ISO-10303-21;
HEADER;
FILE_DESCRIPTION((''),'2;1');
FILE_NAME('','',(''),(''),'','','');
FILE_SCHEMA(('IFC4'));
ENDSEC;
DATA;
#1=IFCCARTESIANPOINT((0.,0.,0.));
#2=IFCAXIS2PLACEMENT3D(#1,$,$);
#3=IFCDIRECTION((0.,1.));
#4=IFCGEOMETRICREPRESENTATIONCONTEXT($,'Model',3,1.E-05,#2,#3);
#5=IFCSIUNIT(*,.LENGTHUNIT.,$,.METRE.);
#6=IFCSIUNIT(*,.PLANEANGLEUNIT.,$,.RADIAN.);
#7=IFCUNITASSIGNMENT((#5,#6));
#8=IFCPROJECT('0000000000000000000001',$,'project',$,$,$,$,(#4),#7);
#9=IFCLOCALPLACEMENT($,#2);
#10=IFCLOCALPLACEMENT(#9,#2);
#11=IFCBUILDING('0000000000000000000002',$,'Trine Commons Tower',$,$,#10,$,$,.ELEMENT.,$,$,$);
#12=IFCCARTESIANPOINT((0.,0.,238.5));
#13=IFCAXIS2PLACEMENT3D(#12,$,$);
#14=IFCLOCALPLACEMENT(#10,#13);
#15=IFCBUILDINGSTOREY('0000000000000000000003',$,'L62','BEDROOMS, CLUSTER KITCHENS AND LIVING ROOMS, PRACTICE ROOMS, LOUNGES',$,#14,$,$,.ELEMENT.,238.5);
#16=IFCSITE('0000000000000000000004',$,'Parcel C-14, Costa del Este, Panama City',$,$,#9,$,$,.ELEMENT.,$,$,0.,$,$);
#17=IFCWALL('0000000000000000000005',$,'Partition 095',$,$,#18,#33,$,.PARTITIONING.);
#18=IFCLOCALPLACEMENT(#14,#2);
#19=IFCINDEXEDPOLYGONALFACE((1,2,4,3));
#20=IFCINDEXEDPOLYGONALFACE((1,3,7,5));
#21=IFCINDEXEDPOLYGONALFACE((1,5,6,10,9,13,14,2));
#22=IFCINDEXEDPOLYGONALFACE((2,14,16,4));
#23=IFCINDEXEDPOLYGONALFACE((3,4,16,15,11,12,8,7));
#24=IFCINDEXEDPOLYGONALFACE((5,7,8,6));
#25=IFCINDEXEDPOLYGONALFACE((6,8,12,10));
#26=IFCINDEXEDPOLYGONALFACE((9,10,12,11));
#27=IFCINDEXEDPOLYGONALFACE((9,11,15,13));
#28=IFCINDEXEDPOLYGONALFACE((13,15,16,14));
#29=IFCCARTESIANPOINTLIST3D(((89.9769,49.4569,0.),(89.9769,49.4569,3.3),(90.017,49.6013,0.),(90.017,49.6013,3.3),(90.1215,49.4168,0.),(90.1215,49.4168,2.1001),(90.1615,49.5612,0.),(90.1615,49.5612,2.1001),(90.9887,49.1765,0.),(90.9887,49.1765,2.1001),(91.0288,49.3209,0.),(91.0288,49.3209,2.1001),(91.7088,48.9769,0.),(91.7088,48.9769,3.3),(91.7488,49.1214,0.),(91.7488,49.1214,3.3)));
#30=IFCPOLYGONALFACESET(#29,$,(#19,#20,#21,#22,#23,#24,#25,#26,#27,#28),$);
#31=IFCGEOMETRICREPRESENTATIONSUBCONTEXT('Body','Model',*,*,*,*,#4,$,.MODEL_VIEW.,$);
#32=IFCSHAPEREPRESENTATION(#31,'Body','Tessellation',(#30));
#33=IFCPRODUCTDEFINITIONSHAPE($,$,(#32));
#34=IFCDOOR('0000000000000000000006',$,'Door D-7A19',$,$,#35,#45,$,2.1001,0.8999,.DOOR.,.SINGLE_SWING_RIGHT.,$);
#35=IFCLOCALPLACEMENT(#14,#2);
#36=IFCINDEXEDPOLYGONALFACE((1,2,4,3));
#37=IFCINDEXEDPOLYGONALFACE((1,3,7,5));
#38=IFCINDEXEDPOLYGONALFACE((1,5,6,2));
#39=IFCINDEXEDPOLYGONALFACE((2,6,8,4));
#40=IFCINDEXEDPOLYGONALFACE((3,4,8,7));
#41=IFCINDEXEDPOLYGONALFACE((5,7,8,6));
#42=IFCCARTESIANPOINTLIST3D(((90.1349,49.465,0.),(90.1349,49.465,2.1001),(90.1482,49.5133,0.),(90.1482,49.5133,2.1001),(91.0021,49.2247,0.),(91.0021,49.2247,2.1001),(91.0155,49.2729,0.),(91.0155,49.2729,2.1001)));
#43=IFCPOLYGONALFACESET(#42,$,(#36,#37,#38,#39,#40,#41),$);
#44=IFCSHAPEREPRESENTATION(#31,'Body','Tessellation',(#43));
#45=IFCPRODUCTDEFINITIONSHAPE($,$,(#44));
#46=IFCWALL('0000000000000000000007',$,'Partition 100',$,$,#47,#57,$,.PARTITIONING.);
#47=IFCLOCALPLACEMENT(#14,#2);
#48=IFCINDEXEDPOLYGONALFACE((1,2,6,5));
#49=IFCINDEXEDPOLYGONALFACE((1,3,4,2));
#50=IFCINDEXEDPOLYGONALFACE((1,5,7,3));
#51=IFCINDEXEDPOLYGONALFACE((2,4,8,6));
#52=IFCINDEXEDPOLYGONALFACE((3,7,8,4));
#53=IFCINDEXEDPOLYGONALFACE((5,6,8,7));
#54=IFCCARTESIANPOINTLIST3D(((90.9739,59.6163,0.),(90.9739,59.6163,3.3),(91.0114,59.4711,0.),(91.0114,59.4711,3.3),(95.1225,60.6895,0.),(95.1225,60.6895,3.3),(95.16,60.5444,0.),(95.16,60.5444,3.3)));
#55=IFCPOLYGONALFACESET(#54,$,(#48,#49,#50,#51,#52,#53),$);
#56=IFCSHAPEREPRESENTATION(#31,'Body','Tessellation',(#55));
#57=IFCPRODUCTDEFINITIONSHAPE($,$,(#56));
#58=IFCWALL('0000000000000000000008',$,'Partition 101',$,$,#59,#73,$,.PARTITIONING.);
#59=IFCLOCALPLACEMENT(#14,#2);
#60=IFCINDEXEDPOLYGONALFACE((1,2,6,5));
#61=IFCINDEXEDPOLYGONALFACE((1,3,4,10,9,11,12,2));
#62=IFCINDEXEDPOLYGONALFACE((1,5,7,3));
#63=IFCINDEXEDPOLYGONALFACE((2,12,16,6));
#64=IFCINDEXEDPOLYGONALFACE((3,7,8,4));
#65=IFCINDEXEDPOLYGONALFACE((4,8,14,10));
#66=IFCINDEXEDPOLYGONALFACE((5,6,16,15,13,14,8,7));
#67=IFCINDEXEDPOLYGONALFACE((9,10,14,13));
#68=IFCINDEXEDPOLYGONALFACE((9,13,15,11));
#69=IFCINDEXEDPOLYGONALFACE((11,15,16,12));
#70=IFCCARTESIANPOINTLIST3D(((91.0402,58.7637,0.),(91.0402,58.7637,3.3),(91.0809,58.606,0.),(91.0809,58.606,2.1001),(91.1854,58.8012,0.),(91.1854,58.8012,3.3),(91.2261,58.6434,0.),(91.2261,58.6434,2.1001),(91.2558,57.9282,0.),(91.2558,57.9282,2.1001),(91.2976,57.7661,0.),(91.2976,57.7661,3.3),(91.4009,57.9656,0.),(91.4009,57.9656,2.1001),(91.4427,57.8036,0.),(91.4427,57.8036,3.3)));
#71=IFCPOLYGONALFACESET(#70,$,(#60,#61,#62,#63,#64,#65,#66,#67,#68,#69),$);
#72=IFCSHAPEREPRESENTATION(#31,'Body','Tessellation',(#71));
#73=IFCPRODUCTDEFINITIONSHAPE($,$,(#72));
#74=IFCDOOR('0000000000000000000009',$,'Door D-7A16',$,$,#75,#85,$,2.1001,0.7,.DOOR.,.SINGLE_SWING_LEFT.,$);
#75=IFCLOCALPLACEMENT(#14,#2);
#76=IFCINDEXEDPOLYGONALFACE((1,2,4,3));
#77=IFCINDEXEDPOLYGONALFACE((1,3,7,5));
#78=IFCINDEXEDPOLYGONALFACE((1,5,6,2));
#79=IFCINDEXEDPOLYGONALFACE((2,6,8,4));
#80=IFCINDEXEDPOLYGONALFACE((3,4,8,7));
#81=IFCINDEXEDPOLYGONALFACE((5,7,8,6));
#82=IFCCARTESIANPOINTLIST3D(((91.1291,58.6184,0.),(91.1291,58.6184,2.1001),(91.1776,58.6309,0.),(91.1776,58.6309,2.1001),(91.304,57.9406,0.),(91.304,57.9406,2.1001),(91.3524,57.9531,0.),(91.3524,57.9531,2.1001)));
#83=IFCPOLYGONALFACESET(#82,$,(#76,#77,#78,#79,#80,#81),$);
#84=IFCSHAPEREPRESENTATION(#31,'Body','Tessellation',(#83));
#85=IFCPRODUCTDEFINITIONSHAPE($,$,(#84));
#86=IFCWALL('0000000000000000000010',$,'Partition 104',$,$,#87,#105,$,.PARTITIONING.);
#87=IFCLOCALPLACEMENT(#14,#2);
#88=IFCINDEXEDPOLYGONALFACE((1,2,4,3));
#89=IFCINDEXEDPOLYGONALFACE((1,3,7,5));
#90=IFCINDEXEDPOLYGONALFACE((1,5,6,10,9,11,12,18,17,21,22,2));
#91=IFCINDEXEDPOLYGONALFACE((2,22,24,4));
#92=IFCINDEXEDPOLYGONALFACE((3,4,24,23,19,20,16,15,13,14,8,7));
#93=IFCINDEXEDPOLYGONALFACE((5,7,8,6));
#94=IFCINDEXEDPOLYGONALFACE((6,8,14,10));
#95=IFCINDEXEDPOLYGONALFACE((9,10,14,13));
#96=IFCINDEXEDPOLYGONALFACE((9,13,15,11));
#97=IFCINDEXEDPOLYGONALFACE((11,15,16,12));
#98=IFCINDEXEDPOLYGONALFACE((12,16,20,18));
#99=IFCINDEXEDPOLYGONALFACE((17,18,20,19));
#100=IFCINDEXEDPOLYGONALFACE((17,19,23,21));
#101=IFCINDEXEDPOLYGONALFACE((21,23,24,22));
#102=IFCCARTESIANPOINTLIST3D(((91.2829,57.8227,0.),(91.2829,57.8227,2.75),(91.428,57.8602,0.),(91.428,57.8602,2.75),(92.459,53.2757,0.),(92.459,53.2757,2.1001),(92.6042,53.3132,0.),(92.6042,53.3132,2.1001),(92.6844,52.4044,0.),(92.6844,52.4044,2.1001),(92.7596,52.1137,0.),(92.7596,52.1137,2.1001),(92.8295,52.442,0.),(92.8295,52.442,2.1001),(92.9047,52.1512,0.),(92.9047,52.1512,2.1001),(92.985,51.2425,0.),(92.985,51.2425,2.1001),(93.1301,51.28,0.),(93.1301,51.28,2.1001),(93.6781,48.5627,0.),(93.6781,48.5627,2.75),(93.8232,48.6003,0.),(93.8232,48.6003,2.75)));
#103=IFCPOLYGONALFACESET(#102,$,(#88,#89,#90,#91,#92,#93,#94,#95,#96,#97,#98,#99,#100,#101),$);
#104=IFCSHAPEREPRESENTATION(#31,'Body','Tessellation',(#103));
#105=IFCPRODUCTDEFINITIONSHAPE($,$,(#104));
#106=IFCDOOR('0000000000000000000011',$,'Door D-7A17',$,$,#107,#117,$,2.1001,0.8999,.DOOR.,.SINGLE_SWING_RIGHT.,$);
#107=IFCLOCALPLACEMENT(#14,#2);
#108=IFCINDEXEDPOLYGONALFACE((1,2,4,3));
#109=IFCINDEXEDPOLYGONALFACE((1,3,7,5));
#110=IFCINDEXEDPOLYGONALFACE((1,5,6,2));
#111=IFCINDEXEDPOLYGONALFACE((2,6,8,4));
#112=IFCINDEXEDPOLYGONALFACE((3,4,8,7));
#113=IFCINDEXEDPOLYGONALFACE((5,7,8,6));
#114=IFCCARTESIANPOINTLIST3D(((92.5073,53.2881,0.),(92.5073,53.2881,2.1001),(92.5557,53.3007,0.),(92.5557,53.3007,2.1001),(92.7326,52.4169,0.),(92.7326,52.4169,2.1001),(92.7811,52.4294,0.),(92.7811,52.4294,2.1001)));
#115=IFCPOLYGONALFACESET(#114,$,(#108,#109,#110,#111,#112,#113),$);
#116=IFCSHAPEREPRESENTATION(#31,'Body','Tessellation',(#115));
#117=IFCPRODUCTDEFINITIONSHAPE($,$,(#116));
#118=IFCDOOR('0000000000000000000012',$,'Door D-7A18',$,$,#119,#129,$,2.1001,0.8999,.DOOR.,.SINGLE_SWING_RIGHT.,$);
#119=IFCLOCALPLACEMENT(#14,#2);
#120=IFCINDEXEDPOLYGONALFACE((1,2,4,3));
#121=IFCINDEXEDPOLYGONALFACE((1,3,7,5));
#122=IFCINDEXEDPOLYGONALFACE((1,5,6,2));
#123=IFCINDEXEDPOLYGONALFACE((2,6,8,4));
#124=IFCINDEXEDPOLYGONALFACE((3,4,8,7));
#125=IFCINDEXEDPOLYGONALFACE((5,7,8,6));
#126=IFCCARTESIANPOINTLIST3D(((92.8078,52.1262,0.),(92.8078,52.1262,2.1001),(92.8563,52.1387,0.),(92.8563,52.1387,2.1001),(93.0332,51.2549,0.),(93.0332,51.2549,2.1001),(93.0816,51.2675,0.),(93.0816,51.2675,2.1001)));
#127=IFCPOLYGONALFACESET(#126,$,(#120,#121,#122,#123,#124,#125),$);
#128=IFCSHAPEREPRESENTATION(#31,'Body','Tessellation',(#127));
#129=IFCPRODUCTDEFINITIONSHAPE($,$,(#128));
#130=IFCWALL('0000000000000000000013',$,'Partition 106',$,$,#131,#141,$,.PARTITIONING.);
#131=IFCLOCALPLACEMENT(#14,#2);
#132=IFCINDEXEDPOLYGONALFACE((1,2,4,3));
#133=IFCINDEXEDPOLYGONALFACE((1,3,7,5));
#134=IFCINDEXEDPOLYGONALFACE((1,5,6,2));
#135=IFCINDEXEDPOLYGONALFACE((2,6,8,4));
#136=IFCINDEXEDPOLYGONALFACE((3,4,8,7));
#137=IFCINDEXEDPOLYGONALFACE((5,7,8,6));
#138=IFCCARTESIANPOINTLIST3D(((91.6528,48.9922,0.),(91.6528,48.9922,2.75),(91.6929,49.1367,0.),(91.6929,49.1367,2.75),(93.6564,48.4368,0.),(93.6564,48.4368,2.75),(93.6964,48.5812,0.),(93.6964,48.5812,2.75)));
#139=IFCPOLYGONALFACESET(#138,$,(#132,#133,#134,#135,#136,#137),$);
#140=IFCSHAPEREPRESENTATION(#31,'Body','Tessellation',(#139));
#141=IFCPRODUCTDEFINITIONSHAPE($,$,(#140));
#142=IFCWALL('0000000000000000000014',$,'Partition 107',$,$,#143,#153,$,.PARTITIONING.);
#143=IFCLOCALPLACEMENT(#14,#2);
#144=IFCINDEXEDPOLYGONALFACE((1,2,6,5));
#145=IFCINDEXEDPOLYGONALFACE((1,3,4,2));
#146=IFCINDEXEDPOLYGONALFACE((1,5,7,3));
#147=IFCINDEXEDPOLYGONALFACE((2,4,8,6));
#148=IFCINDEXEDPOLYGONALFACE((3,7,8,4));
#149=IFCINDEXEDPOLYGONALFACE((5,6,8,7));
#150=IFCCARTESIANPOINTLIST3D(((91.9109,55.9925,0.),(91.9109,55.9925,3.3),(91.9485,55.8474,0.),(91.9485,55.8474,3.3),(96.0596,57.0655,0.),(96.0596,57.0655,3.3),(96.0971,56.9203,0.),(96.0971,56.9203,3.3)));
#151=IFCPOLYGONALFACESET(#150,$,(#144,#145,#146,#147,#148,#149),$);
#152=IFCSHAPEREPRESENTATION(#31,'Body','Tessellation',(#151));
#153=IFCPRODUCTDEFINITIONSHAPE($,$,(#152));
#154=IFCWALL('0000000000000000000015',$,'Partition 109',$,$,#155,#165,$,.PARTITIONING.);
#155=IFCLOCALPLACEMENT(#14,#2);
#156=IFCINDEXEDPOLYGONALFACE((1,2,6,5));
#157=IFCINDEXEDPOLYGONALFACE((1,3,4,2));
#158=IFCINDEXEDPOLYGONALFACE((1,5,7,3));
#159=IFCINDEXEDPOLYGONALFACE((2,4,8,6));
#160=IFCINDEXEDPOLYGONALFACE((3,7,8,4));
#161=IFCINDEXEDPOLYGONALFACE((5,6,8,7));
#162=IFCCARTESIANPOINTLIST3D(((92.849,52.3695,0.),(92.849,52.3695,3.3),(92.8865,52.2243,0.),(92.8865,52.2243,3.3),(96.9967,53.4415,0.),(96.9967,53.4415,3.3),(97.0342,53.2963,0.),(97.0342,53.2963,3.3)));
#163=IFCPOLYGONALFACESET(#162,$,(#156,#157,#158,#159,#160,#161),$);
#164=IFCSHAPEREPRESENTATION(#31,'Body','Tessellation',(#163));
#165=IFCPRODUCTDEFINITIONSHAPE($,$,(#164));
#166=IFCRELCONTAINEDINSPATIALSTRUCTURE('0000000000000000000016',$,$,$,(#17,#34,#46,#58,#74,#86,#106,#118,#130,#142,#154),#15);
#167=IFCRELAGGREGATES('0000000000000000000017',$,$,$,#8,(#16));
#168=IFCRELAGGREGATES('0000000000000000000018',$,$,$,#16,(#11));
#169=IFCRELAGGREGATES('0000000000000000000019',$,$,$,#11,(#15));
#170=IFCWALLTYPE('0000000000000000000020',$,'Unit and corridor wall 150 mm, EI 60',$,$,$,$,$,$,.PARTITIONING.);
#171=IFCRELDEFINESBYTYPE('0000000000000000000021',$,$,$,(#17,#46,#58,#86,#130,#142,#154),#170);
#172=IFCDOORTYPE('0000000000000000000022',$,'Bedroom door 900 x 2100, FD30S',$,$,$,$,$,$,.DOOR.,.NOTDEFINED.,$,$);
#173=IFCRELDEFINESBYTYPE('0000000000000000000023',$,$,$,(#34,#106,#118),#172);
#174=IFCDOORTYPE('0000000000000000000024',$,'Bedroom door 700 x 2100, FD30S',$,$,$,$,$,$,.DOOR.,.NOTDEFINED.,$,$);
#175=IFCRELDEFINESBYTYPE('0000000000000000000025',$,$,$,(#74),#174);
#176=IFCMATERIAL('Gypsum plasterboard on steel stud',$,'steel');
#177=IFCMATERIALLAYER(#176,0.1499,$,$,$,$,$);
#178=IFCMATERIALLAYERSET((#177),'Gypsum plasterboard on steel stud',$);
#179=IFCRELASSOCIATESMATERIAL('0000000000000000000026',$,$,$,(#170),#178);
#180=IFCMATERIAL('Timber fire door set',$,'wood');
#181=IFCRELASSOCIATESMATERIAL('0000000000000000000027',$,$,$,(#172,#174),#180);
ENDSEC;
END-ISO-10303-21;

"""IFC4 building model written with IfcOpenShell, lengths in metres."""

from ifc_helpers import new_model, si_unit, direction, frame, frame_2d, origin, place, context, subcontext, project, spatial, rectangle, extrude, material, layer, layer_set, type_object, element, fill, save


model = new_model("IFC4")

# Units and contexts
model_context = context("Model", 3, precision=1e-05, world=origin(), true_north=direction((0.0, 1.0)))
body_context = subcontext(model_context, "Body", "Model", "MODEL_VIEW")
ifc_project = project(units=[si_unit("LENGTHUNIT", "METRE"), si_unit("PLANEANGLEUNIT", "RADIAN")], contexts=[model_context])

# Site, building, storey
site_placement = place(None, origin())
site = spatial("IfcSite", under=ifc_project, at=site_placement, Name="Parcel C-14, Costa del Este, Panama City", CompositionType="ELEMENT", RefElevation=0.0)
building_placement = place(site_placement, origin())
building = spatial("IfcBuilding", under=site, at=building_placement, Name="Trine Commons Tower", CompositionType="ELEMENT")
storey_placement = place(building_placement, frame((0.0, 0.0, 238.5)))
storey = spatial("IfcBuildingStorey", under=building, at=storey_placement, Name="L62", Description="BEDROOMS, CLUSTER KITCHENS AND LIVING ROOMS, PRACTICE ROOMS, LOUNGES", CompositionType="ELEMENT", Elevation=238.5)

# Shared definitions
ifc_material_1 = material(Name="Gypsum plasterboard on steel stud", Category="steel")
ifc_layer_1 = layer(ifc_material_1, 0.1499)
ifc_layer_set_1 = layer_set([ifc_layer_1], Name="Gypsum plasterboard on steel stud")
wall_type_1 = type_object("IfcWallType", Name="Unit and corridor wall 150 mm, EI 60", PredefinedType="PARTITIONING", material=ifc_layer_set_1)

# Wall, opening, door
wall_1_placement = place(storey_placement, frame((89.9971, 49.5291, 0.0), z_axis=(0.0, 0.0, 1.0), x_axis=(0.963677, -0.267069, 0.0)))
wall_1 = element("IfcWall", 1, at=wall_1_placement, inside=storey, type_object=wall_type_1, Name="Partition 095", PredefinedType="PARTITIONING", context=body_context, shape_type="SweptSolid", body=[
    extrude(rectangle(XDim=1.7971, YDim=0.1499, at=frame_2d((0.8984, 0.0))), origin(), (0.0, 0.0, 1.0), 3.3),
])
opening_1_placement = place(wall_1_placement, frame((0.1499, 0.0, 0.0)))
opening_1 = element("IfcOpeningElement", 2, at=opening_1_placement, cuts=wall_1, PredefinedType="OPENING", context=body_context, shape_type="SweptSolid", body=[
    extrude(rectangle(XDim=0.8999, YDim=2.1001, at=frame_2d((0.45, 1.05))), frame((0.0, 0.085, 0.0), z_axis=(0.0, -1.0, 0.0), x_axis=(1.0, 0.0, 0.0)), (0.0, 0.0, 1.0), 0.1699),
])
ifc_material_2 = material(Name="Timber fire door set", Category="wood")
door_type_1 = type_object("IfcDoorType", Name="Bedroom door 900 x 2100, FD30S", OperationType="NOTDEFINED", PredefinedType="DOOR", material=ifc_material_2)
door_1_placement = place(opening_1_placement, frame((0.8999, 0.0, 0.0), z_axis=(0.0, 0.0, 1.0), x_axis=(-1.0, 0.0, 0.0)))
door_1 = element("IfcDoor", 3, at=door_1_placement, inside=storey, type_object=door_type_1, Name="Door D-7A19", OperationType="SINGLE_SWING_RIGHT", OverallHeight=2.1001, OverallWidth=0.8999, PredefinedType="DOOR", context=body_context, shape_type="SweptSolid", body=[
    extrude(rectangle(XDim=0.8999, YDim=2.1001, at=frame_2d((0.45, 1.05))), frame((0.0, 0.0249, 0.0), z_axis=(0.0, -1.0, 0.0), x_axis=(1.0, 0.0, 0.0)), (0.0, 0.0, 1.0), 0.05),
])
fill(opening_1, door_1)

# Wall
wall_2_placement = place(storey_placement, frame((90.9927, 59.5437, 0.0), z_axis=(0.0, 0.0, 1.0), x_axis=(0.96813, 0.25045, 0.0)))
element("IfcWall", 4, at=wall_2_placement, inside=storey, type_object=wall_type_1, Name="Partition 100", PredefinedType="PARTITIONING", context=body_context, shape_type="SweptSolid", body=[
    extrude(rectangle(XDim=4.2852, YDim=0.1499, at=frame_2d((2.1426, 0.0))), origin(), (0.0, 0.0, 1.0), 3.3),
])

# Wall, opening, door
wall_3_placement = place(storey_placement, frame((91.1128, 58.7825, 0.0), z_axis=(0.0, 0.0, 1.0), x_axis=(0.249778, -0.968303, 0.0)))
wall_3 = element("IfcWall", 5, at=wall_3_placement, inside=storey, type_object=wall_type_1, Name="Partition 101", PredefinedType="PARTITIONING", context=body_context, shape_type="SweptSolid", body=[
    extrude(rectangle(XDim=1.0303, YDim=0.1499, at=frame_2d((0.5151, 0.0))), origin(), (0.0, 0.0, 1.0), 3.3),
])
opening_2_placement = place(wall_3_placement, frame((0.1628, 0.0, 0.0)))
opening_2 = element("IfcOpeningElement", 6, at=opening_2_placement, cuts=wall_3, PredefinedType="OPENING", context=body_context, shape_type="SweptSolid", body=[
    extrude(rectangle(XDim=0.7, YDim=2.1001, at=frame_2d((0.3501, 1.05))), frame((0.0, 0.085, 0.0), z_axis=(0.0, -1.0, 0.0), x_axis=(1.0, 0.0, 0.0)), (0.0, 0.0, 1.0), 0.1699),
])
door_type_2 = type_object("IfcDoorType", Name="Bedroom door 700 x 2100, FD30S", OperationType="NOTDEFINED", PredefinedType="DOOR", material=ifc_material_2)
door_2_placement = place(opening_2_placement, origin())
door_2 = element("IfcDoor", 7, at=door_2_placement, inside=storey, type_object=door_type_2, Name="Door D-7A16", OperationType="SINGLE_SWING_LEFT", OverallHeight=2.1001, OverallWidth=0.7, PredefinedType="DOOR", context=body_context, shape_type="SweptSolid", body=[
    extrude(rectangle(XDim=0.7, YDim=2.1001, at=frame_2d((0.3501, 1.05))), frame((0.0, 0.0249, 0.0), z_axis=(0.0, -1.0, 0.0), x_axis=(1.0, 0.0, 0.0)), (0.0, 0.0, 1.0), 0.05),
])
fill(opening_2, door_2)

# Wall, openings, doors
wall_4_placement = place(storey_placement, frame((91.3555, 57.8413, 0.0), z_axis=(0.0, 0.0, 1.0), x_axis=(0.250425, -0.968136, 0.0)))
wall_4 = element("IfcWall", 8, at=wall_4_placement, inside=storey, type_object=wall_type_1, Name="Partition 104", PredefinedType="PARTITIONING", context=body_context, shape_type="SweptSolid", body=[
    extrude(rectangle(XDim=9.5647, YDim=0.1499, at=frame_2d((4.7822, 0.0))), origin(), (0.0, 0.0, 1.0), 2.75),
])
opening_3_placement = place(wall_4_placement, frame((4.6965, 0.0, 0.0)))
opening_3 = element("IfcOpeningElement", 9, at=opening_3_placement, cuts=wall_4, PredefinedType="OPENING", context=body_context, shape_type="SweptSolid", body=[
    extrude(rectangle(XDim=0.8999, YDim=2.1001, at=frame_2d((0.45, 1.05))), frame((0.0, 0.085, 0.0), z_axis=(0.0, -1.0, 0.0), x_axis=(1.0, 0.0, 0.0)), (0.0, 0.0, 1.0), 0.1699),
])
opening_4_placement = place(wall_4_placement, frame((5.8967, 0.0, 0.0)))
opening_4 = element("IfcOpeningElement", 10, at=opening_4_placement, cuts=wall_4, PredefinedType="OPENING", context=body_context, shape_type="SweptSolid", body=[
    extrude(rectangle(XDim=0.8999, YDim=2.1001, at=frame_2d((0.45, 1.05))), frame((0.0, 0.085, 0.0), z_axis=(0.0, -1.0, 0.0), x_axis=(1.0, 0.0, 0.0)), (0.0, 0.0, 1.0), 0.1699),
])
door_3_placement = place(opening_3_placement, origin())
door_3 = element("IfcDoor", 11, at=door_3_placement, inside=storey, type_object=door_type_1, Name="Door D-7A17", OperationType="SINGLE_SWING_RIGHT", OverallHeight=2.1001, OverallWidth=0.8999, PredefinedType="DOOR", context=body_context, shape_type="SweptSolid", body=[
    extrude(rectangle(XDim=0.8999, YDim=2.1001, at=frame_2d((0.45, 1.05))), frame((0.0, 0.0249, 0.0), z_axis=(0.0, -1.0, 0.0), x_axis=(1.0, 0.0, 0.0)), (0.0, 0.0, 1.0), 0.05),
])
fill(opening_3, door_3)
door_4_placement = place(opening_4_placement, origin())
door_4 = element("IfcDoor", 12, at=door_4_placement, inside=storey, type_object=door_type_1, Name="Door D-7A18", OperationType="SINGLE_SWING_RIGHT", OverallHeight=2.1001, OverallWidth=0.8999, PredefinedType="DOOR", context=body_context, shape_type="SweptSolid", body=[
    extrude(rectangle(XDim=0.8999, YDim=2.1001, at=frame_2d((0.45, 1.05))), frame((0.0, 0.0249, 0.0), z_axis=(0.0, -1.0, 0.0), x_axis=(1.0, 0.0, 0.0)), (0.0, 0.0, 1.0), 0.05),
])
fill(opening_4, door_4)

# Walls
wall_5_placement = place(storey_placement, frame((91.6729, 49.0645, 0.0), z_axis=(0.0, 0.0, 1.0), x_axis=(0.963652, -0.267159, 0.0)))
element("IfcWall", 13, at=wall_5_placement, inside=storey, type_object=wall_type_1, Name="Partition 106", PredefinedType="PARTITIONING", context=body_context, shape_type="SweptSolid", body=[
    extrude(rectangle(XDim=2.0791, YDim=0.1499, at=frame_2d((1.0396, 0.0))), origin(), (0.0, 0.0, 1.0), 2.75),
])
wall_6_placement = place(storey_placement, frame((91.9297, 55.9199, 0.0), z_axis=(0.0, 0.0, 1.0), x_axis=(0.968143, 0.250397, 0.0)))
element("IfcWall", 14, at=wall_6_placement, inside=storey, type_object=wall_type_1, Name="Partition 107", PredefinedType="PARTITIONING", context=body_context, shape_type="SweptSolid", body=[
    extrude(rectangle(XDim=4.2852, YDim=0.1499, at=frame_2d((2.1426, 0.0))), origin(), (0.0, 0.0, 1.0), 3.3),
])
wall_7_placement = place(storey_placement, frame((92.8677, 52.2969, 0.0), z_axis=(0.0, 0.0, 1.0), x_axis=(0.968184, 0.250238, 0.0)))
element("IfcWall", 15, at=wall_7_placement, inside=storey, type_object=wall_type_1, Name="Partition 109", PredefinedType="PARTITIONING", context=body_context, shape_type="SweptSolid", body=[
    extrude(rectangle(XDim=4.2839, YDim=0.1499, at=frame_2d((2.1421, 0.0))), origin(), (0.0, 0.0, 1.0), 3.3),
])

save(model, "model.ifc")
